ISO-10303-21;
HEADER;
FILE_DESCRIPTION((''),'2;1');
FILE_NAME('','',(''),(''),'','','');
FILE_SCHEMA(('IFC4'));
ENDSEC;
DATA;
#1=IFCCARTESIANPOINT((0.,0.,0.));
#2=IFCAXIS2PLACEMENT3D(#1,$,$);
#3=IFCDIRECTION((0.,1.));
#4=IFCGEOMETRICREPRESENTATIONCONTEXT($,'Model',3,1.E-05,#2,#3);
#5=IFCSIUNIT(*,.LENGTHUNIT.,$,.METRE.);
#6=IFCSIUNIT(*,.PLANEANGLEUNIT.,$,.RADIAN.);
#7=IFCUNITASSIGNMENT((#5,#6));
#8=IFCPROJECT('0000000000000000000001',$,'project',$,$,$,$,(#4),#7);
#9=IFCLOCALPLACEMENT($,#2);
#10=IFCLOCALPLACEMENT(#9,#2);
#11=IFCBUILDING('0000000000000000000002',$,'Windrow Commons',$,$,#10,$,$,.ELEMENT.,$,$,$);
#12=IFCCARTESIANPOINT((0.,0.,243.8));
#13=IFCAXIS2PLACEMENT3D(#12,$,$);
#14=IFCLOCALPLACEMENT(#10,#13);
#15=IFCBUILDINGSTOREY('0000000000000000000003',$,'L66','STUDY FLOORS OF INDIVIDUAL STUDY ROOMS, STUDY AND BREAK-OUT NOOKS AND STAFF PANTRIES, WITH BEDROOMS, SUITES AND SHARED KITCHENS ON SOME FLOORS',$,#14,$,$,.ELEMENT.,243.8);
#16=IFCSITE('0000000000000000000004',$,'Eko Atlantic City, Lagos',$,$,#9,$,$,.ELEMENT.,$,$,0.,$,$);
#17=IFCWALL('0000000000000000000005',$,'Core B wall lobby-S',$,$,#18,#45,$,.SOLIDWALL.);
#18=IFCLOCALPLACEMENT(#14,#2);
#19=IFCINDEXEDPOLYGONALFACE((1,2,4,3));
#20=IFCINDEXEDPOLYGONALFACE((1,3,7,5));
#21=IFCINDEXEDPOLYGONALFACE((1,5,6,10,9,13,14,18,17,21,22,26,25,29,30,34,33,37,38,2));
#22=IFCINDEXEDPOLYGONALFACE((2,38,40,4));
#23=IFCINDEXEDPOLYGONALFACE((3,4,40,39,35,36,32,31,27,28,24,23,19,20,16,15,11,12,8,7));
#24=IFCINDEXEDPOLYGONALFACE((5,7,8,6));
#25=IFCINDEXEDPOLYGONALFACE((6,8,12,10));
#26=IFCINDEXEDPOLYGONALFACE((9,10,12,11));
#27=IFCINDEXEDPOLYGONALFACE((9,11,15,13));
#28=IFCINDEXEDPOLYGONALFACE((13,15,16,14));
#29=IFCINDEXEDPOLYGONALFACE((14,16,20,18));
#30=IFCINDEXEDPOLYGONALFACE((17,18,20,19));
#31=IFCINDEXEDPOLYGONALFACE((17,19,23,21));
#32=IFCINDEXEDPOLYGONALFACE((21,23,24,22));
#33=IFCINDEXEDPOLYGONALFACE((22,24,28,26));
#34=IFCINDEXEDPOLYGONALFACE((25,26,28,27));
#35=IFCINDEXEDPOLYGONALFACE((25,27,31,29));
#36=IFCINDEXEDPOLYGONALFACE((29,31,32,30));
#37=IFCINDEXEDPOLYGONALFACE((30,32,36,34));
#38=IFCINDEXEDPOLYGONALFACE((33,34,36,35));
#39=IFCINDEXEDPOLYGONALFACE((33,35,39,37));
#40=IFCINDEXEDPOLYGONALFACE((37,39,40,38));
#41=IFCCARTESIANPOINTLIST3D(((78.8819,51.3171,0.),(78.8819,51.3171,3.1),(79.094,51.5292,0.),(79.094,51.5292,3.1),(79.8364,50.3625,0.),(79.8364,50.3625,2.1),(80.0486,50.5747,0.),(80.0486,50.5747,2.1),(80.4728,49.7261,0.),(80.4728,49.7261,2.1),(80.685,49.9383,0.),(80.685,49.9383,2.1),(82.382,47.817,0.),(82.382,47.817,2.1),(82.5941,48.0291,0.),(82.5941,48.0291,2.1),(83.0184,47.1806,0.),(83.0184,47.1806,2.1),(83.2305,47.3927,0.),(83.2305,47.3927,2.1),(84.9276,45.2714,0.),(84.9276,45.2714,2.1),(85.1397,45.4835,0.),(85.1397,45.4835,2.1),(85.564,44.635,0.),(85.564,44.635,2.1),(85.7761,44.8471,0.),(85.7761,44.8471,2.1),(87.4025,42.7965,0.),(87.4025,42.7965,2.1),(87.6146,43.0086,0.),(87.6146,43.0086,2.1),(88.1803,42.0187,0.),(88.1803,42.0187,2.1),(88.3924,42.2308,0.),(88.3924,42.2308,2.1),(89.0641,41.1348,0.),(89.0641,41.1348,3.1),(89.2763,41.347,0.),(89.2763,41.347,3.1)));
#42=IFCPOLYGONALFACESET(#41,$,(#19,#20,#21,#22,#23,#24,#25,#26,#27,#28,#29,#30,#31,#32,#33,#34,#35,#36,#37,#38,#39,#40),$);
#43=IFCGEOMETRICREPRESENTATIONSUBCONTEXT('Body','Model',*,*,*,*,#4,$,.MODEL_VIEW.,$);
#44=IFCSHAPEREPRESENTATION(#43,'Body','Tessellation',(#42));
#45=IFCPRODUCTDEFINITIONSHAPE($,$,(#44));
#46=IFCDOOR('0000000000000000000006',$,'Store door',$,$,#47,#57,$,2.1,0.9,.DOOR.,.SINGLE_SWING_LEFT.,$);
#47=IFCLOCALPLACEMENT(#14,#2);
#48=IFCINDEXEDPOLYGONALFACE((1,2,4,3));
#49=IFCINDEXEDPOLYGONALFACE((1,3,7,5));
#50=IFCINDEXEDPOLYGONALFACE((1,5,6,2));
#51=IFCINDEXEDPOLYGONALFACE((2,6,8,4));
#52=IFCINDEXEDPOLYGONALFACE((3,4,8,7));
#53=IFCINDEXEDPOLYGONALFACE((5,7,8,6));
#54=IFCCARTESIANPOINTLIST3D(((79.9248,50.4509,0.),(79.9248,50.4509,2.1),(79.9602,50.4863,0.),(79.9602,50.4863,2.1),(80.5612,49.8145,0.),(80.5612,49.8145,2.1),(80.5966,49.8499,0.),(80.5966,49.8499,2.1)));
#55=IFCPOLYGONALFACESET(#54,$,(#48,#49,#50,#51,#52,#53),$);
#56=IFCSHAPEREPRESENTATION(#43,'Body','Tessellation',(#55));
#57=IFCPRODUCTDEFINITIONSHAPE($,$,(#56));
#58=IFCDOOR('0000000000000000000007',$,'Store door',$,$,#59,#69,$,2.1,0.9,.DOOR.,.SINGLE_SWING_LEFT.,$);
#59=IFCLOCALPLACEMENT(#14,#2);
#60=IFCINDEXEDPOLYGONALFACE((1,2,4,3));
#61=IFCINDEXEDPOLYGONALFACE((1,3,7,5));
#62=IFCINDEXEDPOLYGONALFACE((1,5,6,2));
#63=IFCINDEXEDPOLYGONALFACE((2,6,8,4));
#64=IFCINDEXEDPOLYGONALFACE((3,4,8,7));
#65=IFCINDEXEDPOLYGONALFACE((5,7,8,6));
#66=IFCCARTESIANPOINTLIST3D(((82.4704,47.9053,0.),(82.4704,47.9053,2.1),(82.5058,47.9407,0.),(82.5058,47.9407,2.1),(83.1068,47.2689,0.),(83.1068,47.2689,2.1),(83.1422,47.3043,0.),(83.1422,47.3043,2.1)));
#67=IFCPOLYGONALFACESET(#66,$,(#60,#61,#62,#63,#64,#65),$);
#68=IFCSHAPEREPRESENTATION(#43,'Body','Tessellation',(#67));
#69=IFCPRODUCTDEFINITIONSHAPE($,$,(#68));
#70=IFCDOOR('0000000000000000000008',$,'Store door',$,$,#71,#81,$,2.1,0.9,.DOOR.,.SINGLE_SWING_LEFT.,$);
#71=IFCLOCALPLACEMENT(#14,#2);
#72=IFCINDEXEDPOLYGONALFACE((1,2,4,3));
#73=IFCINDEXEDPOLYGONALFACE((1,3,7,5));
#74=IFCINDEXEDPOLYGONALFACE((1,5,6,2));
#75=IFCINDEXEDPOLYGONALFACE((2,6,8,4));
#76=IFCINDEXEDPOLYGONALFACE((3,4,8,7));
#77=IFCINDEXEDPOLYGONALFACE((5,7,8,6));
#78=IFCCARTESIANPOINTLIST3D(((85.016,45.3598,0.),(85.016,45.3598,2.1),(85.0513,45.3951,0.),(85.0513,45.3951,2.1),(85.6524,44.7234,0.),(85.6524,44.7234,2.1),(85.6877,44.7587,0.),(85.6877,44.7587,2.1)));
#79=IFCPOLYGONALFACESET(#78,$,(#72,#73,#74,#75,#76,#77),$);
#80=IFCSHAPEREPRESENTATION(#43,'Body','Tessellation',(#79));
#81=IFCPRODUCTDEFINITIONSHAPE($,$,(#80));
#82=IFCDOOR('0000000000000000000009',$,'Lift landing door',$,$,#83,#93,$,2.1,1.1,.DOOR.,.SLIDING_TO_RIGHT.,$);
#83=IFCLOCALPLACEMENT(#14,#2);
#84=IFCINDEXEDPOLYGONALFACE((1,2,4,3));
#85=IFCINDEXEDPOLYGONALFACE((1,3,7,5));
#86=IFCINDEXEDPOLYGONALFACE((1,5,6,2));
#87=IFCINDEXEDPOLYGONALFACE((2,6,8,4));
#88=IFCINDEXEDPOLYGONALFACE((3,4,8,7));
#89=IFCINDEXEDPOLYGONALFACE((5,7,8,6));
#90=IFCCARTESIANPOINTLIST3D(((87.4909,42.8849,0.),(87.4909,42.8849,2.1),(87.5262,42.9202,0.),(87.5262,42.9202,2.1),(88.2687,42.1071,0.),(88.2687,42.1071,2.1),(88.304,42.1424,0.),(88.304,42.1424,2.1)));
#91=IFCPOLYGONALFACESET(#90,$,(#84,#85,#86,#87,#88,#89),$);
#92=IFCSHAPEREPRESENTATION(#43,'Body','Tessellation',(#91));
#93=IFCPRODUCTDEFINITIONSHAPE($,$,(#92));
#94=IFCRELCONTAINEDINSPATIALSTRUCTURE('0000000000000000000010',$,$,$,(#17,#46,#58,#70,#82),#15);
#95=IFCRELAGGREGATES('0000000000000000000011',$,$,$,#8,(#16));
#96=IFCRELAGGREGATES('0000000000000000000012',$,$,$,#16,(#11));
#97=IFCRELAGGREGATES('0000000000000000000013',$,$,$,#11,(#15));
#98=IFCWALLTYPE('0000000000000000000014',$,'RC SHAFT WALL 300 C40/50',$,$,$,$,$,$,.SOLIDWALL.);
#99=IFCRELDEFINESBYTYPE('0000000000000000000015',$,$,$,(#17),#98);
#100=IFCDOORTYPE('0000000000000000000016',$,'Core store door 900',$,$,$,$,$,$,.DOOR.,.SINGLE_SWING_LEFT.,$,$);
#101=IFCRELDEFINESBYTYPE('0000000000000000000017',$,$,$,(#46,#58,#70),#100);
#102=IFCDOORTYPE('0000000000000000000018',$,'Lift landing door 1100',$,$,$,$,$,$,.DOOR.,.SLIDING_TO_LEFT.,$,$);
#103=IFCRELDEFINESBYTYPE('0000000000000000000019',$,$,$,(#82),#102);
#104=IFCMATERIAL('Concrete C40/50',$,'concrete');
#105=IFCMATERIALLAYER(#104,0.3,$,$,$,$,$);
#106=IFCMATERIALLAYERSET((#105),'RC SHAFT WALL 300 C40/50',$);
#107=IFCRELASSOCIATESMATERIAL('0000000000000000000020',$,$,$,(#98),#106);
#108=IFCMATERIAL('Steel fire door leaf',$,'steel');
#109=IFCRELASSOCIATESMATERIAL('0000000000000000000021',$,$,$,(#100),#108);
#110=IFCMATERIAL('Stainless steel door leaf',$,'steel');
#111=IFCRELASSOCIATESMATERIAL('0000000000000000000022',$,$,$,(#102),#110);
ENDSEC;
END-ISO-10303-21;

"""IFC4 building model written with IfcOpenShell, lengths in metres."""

from ifc_helpers import new_model, si_unit, direction, frame, frame_2d, origin, place, context, subcontext, project, spatial, rectangle, extrude, material, layer, layer_set, type_object, element, fill, save


model = new_model("IFC4")

# Units and contexts
model_context = context("Model", 3, precision=1e-05, world=origin(), true_north=direction((0.0, 1.0)))
body_context = subcontext(model_context, "Body", "Model", "MODEL_VIEW")
ifc_project = project(units=[si_unit("LENGTHUNIT", "METRE"), si_unit("PLANEANGLEUNIT", "RADIAN")], contexts=[model_context])

# Site, building, storey
site_placement = place(None, origin())
site = spatial("IfcSite", under=ifc_project, at=site_placement, Name="Eko Atlantic City, Lagos", CompositionType="ELEMENT", RefElevation=0.0)
building_placement = place(site_placement, origin())
building = spatial("IfcBuilding", under=site, at=building_placement, Name="Windrow Commons", CompositionType="ELEMENT")
storey_placement = place(building_placement, frame((0.0, 0.0, 243.8)))
storey = spatial("IfcBuildingStorey", under=building, at=storey_placement, Name="L66", Description="STUDY FLOORS OF INDIVIDUAL STUDY ROOMS, STUDY AND BREAK-OUT NOOKS AND STAFF PANTRIES, WITH BEDROOMS, SUITES AND SHARED KITCHENS ON SOME FLOORS", CompositionType="ELEMENT", Elevation=243.8)

# Shared definitions
ifc_material_1 = material(Name="Concrete C40/50", Category="concrete")
ifc_layer_1 = layer(ifc_material_1, 0.3)
ifc_layer_set_1 = layer_set([ifc_layer_1], Name="RC SHAFT WALL 300 C40/50")
wall_type_1 = type_object("IfcWallType", Name="RC SHAFT WALL 300 C40/50", PredefinedType="SOLIDWALL", material=ifc_layer_set_1)

# Wall, openings, doors
wall_1_placement = place(storey_placement, frame((78.9879, 51.4232, 0.0), z_axis=(0.0, 0.0, 1.0), x_axis=(0.707107, -0.707107, 0.0)))
wall_1 = element("IfcWall", 1, at=wall_1_placement, inside=storey, type_object=wall_type_1, Name="Core B wall lobby-S", PredefinedType="SOLIDWALL", context=body_context, shape_type="SweptSolid", body=[
    extrude(rectangle(XDim=14.3999, YDim=0.3, at=frame_2d((7.2, 0.0))), origin(), (0.0, 0.0, 1.0), 3.1),
])
opening_1_placement = place(wall_1_placement, frame((1.35, 0.0, 0.0)))
opening_1 = element("IfcOpeningElement", 2, at=opening_1_placement, cuts=wall_1, PredefinedType="OPENING", context=body_context, shape_type="SweptSolid", body=[
    extrude(rectangle(XDim=0.9, YDim=2.1, at=frame_2d((0.45, 1.05))), frame((0.0, 0.16, 0.0), z_axis=(0.0, -1.0, 0.0), x_axis=(1.0, 0.0, 0.0)), (0.0, 0.0, 1.0), 0.32),
])
opening_2_placement = place(wall_1_placement, frame((4.95, 0.0, 0.0)))
opening_2 = element("IfcOpeningElement", 3, at=opening_2_placement, cuts=wall_1, PredefinedType="OPENING", context=body_context, shape_type="SweptSolid", body=[
    extrude(rectangle(XDim=0.9, YDim=2.1, at=frame_2d((0.45, 1.05))), frame((0.0, 0.16, 0.0), z_axis=(0.0, -1.0, 0.0), x_axis=(1.0, 0.0, 0.0)), (0.0, 0.0, 1.0), 0.32),
])
opening_3_placement = place(wall_1_placement, frame((8.55, 0.0, 0.0)))
opening_3 = element("IfcOpeningElement", 4, at=opening_3_placement, cuts=wall_1, PredefinedType="OPENING", context=body_context, shape_type="SweptSolid", body=[
    extrude(rectangle(XDim=0.9, YDim=2.1, at=frame_2d((0.45, 1.05))), frame((0.0, 0.16, 0.0), z_axis=(0.0, -1.0, 0.0), x_axis=(1.0, 0.0, 0.0)), (0.0, 0.0, 1.0), 0.32),
])
opening_4_placement = place(wall_1_placement, frame((12.05, 0.0, 0.0)))
opening_4 = element("IfcOpeningElement", 5, at=opening_4_placement, cuts=wall_1, PredefinedType="OPENING", context=body_context, shape_type="SweptSolid", body=[
    extrude(rectangle(XDim=1.1, YDim=2.1, at=frame_2d((0.55, 1.05))), frame((0.0, 0.16, 0.0), z_axis=(0.0, -1.0, 0.0), x_axis=(1.0, 0.0, 0.0)), (0.0, 0.0, 1.0), 0.32),
])
ifc_material_2 = material(Name="Steel fire door leaf", Category="steel")
door_type_1 = type_object("IfcDoorType", Name="Core store door 900", OperationType="SINGLE_SWING_LEFT", PredefinedType="DOOR", material=ifc_material_2)
door_1_placement = place(opening_1_placement, origin())
door_1 = element("IfcDoor", 6, at=door_1_placement, inside=storey, type_object=door_type_1, Name="Store door", OperationType="SINGLE_SWING_LEFT", OverallHeight=2.1, OverallWidth=0.9, PredefinedType="DOOR", context=body_context, shape_type="SweptSolid", body=[
    extrude(rectangle(XDim=0.9, YDim=2.1, at=frame_2d((0.45, 1.05))), frame((0.0, 0.025, 0.0), z_axis=(0.0, -1.0, 0.0), x_axis=(1.0, 0.0, 0.0)), (0.0, 0.0, 1.0), 0.05),
])
fill(opening_1, door_1)
door_2_placement = place(opening_2_placement, origin())
door_2 = element("IfcDoor", 7, at=door_2_placement, inside=storey, type_object=door_type_1, Name="Store door", OperationType="SINGLE_SWING_LEFT", OverallHeight=2.1, OverallWidth=0.9, PredefinedType="DOOR", context=body_context, shape_type="SweptSolid", body=[
    extrude(rectangle(XDim=0.9, YDim=2.1, at=frame_2d((0.45, 1.05))), frame((0.0, 0.025, 0.0), z_axis=(0.0, -1.0, 0.0), x_axis=(1.0, 0.0, 0.0)), (0.0, 0.0, 1.0), 0.05),
])
fill(opening_2, door_2)
door_3_placement = place(opening_3_placement, origin())
door_3 = element("IfcDoor", 8, at=door_3_placement, inside=storey, type_object=door_type_1, Name="Store door", OperationType="SINGLE_SWING_LEFT", OverallHeight=2.1, OverallWidth=0.9, PredefinedType="DOOR", context=body_context, shape_type="SweptSolid", body=[
    extrude(rectangle(XDim=0.9, YDim=2.1, at=frame_2d((0.45, 1.05))), frame((0.0, 0.025, 0.0), z_axis=(0.0, -1.0, 0.0), x_axis=(1.0, 0.0, 0.0)), (0.0, 0.0, 1.0), 0.05),
])
fill(opening_3, door_3)
ifc_material_3 = material(Name="Stainless steel door leaf", Category="steel")
door_type_2 = type_object("IfcDoorType", Name="Lift landing door 1100", OperationType="SLIDING_TO_LEFT", PredefinedType="DOOR", material=ifc_material_3)
door_4_placement = place(opening_4_placement, origin())
door_4 = element("IfcDoor", 9, at=door_4_placement, inside=storey, type_object=door_type_2, Name="Lift landing door", OperationType="SLIDING_TO_RIGHT", OverallHeight=2.1, OverallWidth=1.1, PredefinedType="DOOR", context=body_context, shape_type="SweptSolid", body=[
    extrude(rectangle(XDim=1.1, YDim=2.1, at=frame_2d((0.55, 1.05))), frame((0.0, 0.025, 0.0), z_axis=(0.0, -1.0, 0.0), x_axis=(1.0, 0.0, 0.0)), (0.0, 0.0, 1.0), 0.05),
])
fill(opening_4, door_4)

save(model, "model.ifc")
